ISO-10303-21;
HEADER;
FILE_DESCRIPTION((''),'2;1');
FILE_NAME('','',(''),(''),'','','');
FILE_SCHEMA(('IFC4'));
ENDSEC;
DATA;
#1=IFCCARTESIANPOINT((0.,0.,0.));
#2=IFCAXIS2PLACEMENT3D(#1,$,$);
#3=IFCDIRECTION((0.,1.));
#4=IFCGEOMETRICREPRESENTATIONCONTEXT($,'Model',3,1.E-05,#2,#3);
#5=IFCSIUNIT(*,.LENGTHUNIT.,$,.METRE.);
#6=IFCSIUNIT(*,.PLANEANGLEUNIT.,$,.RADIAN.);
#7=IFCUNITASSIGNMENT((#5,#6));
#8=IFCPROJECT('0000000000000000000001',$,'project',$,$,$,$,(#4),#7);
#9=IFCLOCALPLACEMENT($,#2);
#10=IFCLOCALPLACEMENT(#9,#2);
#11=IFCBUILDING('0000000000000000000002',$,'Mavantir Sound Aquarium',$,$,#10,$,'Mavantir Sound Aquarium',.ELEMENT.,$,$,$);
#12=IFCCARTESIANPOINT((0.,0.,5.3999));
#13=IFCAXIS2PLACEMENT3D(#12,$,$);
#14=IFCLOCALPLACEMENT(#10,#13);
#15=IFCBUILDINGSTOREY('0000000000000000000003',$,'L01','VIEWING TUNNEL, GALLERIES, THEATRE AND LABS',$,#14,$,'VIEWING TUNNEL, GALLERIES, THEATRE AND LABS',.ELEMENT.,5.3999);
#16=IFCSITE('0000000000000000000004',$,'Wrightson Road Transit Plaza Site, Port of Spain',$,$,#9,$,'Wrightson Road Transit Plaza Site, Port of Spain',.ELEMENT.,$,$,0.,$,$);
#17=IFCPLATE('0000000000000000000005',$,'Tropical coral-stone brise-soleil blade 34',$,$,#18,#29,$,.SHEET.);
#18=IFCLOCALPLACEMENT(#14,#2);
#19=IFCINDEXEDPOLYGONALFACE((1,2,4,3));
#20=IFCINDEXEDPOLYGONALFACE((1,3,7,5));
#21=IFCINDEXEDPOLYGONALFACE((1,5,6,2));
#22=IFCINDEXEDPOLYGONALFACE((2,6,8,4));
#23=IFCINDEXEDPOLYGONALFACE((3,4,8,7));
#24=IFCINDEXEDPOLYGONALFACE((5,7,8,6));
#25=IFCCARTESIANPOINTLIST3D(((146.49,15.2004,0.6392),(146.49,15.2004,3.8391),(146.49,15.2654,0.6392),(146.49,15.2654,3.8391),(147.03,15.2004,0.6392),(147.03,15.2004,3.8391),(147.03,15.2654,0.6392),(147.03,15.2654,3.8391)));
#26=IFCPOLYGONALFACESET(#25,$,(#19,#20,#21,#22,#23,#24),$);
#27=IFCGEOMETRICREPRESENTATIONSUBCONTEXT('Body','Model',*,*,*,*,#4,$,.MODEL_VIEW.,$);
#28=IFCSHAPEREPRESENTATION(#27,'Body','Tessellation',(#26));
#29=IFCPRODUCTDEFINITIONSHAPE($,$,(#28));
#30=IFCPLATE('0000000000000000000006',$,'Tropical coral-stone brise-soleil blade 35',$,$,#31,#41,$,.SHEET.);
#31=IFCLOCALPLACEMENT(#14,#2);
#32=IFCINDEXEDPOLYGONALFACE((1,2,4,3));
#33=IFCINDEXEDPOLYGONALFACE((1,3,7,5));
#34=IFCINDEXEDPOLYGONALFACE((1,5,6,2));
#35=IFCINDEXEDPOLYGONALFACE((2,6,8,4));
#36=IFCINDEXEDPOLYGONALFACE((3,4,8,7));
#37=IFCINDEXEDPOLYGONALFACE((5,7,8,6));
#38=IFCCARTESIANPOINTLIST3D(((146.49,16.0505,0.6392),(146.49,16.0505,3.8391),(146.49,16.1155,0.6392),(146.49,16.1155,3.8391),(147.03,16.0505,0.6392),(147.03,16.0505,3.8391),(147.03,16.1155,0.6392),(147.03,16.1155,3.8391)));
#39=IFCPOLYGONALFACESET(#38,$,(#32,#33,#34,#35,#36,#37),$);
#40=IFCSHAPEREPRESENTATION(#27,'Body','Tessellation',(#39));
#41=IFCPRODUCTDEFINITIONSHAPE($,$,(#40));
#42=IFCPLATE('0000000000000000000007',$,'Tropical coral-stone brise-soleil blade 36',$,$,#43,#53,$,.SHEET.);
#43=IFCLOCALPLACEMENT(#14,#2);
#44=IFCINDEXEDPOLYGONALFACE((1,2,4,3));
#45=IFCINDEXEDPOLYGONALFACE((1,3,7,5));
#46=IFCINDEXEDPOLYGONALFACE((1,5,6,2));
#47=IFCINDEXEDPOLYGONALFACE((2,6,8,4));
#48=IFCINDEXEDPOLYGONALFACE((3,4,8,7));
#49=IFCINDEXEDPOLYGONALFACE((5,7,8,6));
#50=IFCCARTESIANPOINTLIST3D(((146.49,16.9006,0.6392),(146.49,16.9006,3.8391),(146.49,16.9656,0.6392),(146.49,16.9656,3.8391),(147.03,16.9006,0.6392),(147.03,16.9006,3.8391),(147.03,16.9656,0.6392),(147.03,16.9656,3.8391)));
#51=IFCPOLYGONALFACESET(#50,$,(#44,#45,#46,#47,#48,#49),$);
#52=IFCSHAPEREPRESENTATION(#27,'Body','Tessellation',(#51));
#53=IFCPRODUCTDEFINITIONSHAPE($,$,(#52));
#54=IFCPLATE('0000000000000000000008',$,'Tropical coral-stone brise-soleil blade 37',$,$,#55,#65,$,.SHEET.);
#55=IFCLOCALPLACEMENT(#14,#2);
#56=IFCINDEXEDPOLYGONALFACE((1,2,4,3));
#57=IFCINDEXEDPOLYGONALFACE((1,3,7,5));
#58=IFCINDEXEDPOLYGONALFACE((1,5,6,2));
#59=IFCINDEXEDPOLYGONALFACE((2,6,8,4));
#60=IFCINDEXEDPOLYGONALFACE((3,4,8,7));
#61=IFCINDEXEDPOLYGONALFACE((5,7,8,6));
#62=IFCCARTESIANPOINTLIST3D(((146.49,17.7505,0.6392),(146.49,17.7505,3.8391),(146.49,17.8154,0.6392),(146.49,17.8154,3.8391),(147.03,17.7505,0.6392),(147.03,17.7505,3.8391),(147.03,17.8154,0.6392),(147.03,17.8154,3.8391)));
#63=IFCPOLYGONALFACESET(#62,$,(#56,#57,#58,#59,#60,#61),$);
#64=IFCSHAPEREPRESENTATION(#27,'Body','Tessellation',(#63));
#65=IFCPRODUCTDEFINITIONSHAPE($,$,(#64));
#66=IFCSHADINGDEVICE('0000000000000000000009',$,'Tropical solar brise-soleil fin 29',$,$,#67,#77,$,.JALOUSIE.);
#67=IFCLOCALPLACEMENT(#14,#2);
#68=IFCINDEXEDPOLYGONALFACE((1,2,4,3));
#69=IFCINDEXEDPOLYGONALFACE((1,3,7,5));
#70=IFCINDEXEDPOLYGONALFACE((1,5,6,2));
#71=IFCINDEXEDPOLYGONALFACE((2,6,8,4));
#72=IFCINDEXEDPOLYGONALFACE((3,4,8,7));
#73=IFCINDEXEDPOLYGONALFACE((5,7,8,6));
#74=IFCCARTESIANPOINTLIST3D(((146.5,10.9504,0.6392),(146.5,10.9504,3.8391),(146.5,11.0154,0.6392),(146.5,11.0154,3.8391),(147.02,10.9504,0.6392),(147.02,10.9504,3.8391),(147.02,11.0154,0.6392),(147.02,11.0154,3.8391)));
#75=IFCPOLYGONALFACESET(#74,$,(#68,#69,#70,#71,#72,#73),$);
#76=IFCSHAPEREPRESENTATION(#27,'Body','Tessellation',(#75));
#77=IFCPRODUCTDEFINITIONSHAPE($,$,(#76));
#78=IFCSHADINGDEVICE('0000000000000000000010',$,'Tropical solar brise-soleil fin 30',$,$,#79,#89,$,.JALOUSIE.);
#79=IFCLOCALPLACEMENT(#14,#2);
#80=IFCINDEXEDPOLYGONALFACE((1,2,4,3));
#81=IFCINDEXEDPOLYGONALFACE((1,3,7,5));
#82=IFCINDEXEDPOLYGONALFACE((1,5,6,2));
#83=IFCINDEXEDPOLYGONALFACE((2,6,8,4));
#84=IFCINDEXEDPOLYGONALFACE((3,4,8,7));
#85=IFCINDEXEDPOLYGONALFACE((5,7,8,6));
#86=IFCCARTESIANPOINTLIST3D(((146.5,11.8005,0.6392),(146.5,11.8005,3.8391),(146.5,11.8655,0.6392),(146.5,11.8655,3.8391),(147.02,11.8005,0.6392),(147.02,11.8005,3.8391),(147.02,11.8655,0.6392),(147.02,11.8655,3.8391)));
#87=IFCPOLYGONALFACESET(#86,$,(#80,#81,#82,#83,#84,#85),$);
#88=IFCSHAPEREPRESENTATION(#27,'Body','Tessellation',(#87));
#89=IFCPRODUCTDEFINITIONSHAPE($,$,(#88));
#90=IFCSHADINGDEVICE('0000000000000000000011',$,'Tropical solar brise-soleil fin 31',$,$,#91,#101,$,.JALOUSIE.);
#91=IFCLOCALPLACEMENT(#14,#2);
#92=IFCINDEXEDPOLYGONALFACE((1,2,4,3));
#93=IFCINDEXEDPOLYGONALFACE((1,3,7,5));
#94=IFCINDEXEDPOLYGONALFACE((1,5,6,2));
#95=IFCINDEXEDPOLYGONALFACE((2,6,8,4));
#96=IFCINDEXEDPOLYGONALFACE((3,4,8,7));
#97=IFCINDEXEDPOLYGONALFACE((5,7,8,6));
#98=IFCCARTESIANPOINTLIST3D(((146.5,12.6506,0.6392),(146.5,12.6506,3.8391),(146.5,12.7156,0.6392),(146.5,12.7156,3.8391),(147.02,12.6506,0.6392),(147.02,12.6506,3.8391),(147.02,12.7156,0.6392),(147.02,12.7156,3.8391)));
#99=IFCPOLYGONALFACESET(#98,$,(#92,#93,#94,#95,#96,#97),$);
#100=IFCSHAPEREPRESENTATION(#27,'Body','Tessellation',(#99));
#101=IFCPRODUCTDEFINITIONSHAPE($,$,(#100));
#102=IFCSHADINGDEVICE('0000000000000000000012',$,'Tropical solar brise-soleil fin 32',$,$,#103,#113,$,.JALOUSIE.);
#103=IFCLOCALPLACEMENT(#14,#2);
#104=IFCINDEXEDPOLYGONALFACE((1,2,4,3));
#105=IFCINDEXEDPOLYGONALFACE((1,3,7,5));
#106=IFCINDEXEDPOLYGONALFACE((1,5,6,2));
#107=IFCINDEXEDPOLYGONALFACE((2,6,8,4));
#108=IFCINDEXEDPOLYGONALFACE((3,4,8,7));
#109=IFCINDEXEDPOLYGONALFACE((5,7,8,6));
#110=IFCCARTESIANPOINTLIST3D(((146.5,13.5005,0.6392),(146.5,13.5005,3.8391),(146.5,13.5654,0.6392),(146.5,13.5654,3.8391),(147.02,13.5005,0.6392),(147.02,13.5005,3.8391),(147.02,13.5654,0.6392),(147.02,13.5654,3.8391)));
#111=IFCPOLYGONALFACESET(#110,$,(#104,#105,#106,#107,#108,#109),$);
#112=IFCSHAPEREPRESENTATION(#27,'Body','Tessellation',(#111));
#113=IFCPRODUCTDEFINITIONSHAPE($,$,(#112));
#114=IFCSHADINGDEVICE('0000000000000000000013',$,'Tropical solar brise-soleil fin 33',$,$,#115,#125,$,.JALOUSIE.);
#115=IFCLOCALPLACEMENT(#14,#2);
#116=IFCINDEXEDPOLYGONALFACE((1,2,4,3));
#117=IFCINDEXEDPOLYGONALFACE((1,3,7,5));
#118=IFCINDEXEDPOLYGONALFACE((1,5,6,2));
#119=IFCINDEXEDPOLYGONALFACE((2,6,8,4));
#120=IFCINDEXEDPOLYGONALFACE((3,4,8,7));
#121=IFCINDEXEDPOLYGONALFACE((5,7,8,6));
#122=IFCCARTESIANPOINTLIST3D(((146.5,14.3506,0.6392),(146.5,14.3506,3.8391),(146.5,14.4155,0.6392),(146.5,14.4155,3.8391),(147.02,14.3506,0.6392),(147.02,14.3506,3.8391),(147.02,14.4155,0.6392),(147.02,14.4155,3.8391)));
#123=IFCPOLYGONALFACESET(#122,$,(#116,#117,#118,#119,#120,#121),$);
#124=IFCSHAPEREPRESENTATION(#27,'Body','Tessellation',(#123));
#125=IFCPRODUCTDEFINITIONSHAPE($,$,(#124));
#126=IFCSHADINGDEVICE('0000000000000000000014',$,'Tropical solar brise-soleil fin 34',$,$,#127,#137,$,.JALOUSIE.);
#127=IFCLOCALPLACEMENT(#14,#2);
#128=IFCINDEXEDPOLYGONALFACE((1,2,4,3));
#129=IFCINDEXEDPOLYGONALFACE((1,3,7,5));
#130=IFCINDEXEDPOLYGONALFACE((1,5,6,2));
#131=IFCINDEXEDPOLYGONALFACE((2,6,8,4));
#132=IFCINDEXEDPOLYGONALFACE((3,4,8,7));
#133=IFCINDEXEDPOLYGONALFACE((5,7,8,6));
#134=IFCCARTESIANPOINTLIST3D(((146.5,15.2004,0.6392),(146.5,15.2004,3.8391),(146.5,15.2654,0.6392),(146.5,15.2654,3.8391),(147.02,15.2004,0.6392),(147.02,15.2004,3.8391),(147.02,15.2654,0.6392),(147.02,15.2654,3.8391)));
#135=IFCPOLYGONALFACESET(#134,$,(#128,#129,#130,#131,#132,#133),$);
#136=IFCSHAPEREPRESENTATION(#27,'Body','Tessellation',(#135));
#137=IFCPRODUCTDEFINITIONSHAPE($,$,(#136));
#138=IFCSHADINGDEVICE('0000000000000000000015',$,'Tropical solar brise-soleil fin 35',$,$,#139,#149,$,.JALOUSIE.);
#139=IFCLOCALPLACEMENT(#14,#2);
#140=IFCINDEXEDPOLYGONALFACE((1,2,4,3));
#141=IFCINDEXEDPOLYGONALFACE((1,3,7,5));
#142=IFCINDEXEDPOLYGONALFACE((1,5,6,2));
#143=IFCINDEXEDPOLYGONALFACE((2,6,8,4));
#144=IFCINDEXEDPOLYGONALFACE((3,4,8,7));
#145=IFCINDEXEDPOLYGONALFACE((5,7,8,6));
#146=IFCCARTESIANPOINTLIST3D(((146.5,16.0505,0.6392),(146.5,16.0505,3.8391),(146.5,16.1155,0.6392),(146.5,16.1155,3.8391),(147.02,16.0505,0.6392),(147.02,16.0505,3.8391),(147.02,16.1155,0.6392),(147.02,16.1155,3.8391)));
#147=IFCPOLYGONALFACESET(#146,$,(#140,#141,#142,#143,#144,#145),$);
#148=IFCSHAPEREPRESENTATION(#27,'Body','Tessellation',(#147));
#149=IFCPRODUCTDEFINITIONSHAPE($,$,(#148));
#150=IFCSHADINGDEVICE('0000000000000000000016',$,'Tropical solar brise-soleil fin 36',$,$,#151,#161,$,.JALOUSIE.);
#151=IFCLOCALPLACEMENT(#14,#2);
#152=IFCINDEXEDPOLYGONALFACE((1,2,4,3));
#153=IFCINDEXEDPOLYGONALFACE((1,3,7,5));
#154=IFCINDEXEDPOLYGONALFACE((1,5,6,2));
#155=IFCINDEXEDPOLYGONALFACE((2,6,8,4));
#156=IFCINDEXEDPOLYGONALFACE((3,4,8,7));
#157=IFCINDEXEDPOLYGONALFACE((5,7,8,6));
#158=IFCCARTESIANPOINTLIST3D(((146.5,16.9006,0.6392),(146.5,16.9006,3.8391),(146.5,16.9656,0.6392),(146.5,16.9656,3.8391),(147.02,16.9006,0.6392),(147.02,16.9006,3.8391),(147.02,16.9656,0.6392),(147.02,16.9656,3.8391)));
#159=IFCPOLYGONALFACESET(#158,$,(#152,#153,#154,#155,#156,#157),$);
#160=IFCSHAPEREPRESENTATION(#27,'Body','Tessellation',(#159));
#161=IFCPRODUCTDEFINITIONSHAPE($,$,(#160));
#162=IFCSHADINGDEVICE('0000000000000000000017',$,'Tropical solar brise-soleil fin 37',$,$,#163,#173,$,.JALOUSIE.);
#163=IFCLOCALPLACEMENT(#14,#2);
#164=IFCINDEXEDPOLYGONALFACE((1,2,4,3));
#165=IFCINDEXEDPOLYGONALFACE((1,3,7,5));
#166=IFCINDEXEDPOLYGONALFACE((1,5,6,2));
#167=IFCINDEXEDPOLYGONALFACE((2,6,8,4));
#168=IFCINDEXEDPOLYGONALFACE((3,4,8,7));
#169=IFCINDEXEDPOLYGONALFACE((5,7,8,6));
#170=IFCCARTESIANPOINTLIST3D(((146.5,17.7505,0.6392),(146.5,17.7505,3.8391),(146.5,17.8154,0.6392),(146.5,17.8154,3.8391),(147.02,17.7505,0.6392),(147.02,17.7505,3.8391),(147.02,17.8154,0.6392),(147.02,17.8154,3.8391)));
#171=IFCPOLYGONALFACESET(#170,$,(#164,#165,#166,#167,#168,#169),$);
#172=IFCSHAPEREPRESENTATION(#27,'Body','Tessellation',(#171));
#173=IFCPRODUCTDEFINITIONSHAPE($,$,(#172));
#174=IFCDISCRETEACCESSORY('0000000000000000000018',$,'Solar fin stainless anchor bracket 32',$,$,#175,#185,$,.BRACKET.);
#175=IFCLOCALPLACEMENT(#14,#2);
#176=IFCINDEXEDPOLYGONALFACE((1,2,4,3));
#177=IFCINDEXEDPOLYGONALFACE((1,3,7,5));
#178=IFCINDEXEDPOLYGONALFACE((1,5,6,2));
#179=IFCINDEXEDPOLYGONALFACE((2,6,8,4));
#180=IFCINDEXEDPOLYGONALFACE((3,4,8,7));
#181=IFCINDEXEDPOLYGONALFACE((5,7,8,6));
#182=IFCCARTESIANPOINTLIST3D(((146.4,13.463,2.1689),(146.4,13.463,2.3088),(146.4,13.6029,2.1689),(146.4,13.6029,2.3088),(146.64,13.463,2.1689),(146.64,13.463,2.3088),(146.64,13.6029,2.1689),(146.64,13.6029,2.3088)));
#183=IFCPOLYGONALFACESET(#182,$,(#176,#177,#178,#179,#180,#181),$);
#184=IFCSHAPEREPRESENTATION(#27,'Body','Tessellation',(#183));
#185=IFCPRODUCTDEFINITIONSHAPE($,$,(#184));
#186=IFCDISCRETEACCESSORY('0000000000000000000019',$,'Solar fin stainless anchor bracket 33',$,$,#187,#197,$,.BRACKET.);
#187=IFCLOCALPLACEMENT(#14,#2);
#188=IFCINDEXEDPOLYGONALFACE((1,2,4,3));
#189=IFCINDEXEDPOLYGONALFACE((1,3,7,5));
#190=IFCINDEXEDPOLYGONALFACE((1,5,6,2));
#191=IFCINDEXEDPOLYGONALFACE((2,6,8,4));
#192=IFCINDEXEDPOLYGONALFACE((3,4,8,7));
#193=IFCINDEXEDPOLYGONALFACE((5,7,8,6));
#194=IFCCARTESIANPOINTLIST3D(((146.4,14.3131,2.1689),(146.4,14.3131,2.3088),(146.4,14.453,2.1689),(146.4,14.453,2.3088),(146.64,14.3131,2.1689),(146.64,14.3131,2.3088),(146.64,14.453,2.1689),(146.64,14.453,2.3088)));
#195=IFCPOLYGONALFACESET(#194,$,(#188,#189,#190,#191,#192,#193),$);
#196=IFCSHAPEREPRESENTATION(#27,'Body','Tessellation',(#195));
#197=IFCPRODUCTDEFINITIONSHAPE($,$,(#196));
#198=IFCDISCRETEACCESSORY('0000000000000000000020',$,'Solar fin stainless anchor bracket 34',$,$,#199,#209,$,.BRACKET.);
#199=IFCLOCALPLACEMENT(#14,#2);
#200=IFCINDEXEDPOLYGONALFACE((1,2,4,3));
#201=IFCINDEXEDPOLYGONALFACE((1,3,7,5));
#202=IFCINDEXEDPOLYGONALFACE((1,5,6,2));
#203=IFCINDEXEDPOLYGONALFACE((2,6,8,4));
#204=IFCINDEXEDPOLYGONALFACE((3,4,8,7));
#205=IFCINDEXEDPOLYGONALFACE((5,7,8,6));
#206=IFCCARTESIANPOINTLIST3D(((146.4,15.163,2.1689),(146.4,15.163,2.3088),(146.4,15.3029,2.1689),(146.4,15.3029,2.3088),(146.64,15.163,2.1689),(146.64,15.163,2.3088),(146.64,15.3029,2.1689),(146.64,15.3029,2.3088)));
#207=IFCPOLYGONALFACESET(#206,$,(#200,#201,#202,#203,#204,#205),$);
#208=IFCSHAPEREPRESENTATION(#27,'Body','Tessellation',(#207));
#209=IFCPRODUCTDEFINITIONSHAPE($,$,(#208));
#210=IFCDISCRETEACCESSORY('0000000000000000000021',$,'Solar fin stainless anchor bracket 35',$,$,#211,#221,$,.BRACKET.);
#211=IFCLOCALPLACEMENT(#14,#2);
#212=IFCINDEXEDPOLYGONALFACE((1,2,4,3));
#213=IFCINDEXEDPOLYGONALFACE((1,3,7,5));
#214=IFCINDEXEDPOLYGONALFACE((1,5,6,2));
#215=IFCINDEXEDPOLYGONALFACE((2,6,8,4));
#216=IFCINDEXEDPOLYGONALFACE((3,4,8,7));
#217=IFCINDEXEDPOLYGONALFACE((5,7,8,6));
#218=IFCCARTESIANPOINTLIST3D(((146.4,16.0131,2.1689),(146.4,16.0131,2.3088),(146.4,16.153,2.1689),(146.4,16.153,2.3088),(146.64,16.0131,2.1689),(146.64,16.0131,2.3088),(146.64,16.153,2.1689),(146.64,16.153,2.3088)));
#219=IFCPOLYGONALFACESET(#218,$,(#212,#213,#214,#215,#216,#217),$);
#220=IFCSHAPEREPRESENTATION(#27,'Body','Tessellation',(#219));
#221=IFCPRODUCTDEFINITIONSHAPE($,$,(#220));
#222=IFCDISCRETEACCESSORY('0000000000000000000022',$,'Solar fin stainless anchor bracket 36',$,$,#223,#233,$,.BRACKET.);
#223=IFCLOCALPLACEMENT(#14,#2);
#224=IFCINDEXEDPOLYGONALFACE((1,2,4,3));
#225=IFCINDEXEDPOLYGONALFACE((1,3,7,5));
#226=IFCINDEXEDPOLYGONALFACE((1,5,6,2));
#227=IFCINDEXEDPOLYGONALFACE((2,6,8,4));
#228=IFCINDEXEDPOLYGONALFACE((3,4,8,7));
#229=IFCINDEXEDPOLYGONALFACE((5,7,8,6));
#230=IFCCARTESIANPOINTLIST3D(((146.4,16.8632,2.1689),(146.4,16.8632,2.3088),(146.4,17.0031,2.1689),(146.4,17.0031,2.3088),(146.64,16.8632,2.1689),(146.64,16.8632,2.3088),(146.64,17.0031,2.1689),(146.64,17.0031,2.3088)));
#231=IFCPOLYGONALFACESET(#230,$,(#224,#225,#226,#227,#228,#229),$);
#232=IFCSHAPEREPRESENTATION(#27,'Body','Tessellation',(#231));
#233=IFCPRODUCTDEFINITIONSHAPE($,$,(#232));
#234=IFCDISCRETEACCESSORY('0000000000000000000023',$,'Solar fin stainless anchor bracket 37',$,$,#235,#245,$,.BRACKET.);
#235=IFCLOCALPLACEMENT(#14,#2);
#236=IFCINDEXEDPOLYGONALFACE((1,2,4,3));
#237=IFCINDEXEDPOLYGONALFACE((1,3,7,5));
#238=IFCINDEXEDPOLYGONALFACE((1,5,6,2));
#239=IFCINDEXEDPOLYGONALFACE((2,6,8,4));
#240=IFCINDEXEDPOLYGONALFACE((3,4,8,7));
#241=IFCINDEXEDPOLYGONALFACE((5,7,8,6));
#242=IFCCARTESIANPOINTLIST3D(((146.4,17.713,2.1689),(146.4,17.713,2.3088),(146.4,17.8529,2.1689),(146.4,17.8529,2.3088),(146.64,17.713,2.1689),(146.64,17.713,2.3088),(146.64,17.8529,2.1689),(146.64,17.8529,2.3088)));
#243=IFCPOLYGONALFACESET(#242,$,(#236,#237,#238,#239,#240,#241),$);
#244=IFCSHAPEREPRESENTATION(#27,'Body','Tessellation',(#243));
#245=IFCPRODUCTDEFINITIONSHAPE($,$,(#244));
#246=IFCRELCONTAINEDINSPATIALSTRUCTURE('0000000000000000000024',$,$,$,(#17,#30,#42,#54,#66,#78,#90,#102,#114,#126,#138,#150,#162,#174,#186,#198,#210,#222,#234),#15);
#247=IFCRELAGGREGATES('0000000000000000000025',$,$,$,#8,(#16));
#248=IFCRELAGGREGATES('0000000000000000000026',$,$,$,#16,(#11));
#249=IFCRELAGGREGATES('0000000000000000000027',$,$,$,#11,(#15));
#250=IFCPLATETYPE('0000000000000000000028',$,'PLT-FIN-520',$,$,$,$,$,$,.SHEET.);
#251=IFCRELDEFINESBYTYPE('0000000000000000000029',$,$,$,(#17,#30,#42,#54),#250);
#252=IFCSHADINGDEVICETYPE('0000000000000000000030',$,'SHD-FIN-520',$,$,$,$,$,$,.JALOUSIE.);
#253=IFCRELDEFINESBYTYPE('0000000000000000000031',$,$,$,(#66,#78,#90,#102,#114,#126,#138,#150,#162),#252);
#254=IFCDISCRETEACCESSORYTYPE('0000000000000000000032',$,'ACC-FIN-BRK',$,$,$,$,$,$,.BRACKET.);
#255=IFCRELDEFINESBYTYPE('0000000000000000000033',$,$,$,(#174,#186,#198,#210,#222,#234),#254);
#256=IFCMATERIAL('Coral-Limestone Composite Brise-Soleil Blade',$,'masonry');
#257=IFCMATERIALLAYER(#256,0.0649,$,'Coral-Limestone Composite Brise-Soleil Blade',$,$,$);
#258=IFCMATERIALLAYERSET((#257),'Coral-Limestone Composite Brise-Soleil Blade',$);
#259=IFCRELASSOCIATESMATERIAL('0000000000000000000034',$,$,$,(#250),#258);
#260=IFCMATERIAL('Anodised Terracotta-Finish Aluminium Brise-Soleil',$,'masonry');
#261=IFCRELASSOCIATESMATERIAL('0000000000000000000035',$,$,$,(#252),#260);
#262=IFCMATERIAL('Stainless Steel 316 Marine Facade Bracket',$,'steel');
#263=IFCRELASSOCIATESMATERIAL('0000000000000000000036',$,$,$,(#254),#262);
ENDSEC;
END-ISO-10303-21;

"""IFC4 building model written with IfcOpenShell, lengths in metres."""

from ifc_helpers import new_model, si_unit, direction, frame, origin, origin_2d, place, context, subcontext, project, spatial, rectangle, extrude, material, layer, layer_set, type_object, element, save


model = new_model("IFC4")

# Units and contexts
model_context = context("Model", 3, precision=1e-05, world=origin(), true_north=direction((0.0, 1.0)))
body_context = subcontext(model_context, "Body", "Model", "MODEL_VIEW")
ifc_project = project(units=[si_unit("LENGTHUNIT", "METRE"), si_unit("PLANEANGLEUNIT", "RADIAN")], contexts=[model_context])

# Site, building, storey
site_placement = place(None, origin())
site = spatial("IfcSite", under=ifc_project, at=site_placement, Name="Wrightson Road Transit Plaza Site, Port of Spain", LongName="Wrightson Road Transit Plaza Site, Port of Spain", CompositionType="ELEMENT", RefElevation=0.0)
building_placement = place(site_placement, origin())
building = spatial("IfcBuilding", under=site, at=building_placement, Name="Mavantir Sound Aquarium", LongName="Mavantir Sound Aquarium", CompositionType="ELEMENT")
storey_placement = place(building_placement, frame((0.0, 0.0, 5.3999)))
storey = spatial("IfcBuildingStorey", under=building, at=storey_placement, Name="L01", Description="VIEWING TUNNEL, GALLERIES, THEATRE AND LABS", LongName="VIEWING TUNNEL, GALLERIES, THEATRE AND LABS", CompositionType="ELEMENT", Elevation=5.3999)

# Plates
ifc_material_1 = material(Name="Coral-Limestone Composite Brise-Soleil Blade", Category="masonry")
ifc_layer_1 = layer(ifc_material_1, 0.0649, Name="Coral-Limestone Composite Brise-Soleil Blade")
ifc_layer_set_1 = layer_set([ifc_layer_1], Name="Coral-Limestone Composite Brise-Soleil Blade")
plate_type_1 = type_object("IfcPlateType", Name="PLT-FIN-520", PredefinedType="SHEET", material=ifc_layer_set_1)
for number, where, z_axis, x_axis, name in (
    (1, (146.76, 15.2329, 0.6392), (0.0, 0.0, 1.0), (0.0, -1.0, 0.0), "Tropical coral-stone brise-soleil blade 34"),
    (2, (146.76, 16.083, 0.6392), (0.0, 0.0, 1.0), (0.0, -1.0, 0.0), "Tropical coral-stone brise-soleil blade 35"),
    (3, (146.76, 16.9331, 0.6392), (0.0, 0.0, 1.0), (0.0, -1.0, 0.0), "Tropical coral-stone brise-soleil blade 36"),
    (4, (146.76, 17.783, 0.6392), (0.0, 0.0, 1.0), (0.0, -1.0, 0.0), "Tropical coral-stone brise-soleil blade 37"),
):
    element("IfcPlate", number, at=place(storey_placement, frame(where, z_axis=z_axis, x_axis=x_axis)), inside=storey, type_object=plate_type_1, Name=name, PredefinedType="SHEET", context=body_context, shape_type="SweptSolid", body=[
        extrude(rectangle(XDim=0.0649, YDim=0.54, at=origin_2d()), origin(), (0.0, 0.0, 1.0), 3.2),
    ])

# Shading devices
ifc_material_2 = material(Name="Anodised Terracotta-Finish Aluminium Brise-Soleil", Category="masonry")
shading_device_type = type_object("IfcShadingDeviceType", Name="SHD-FIN-520", PredefinedType="JALOUSIE", material=ifc_material_2)
for number, where, z_axis, x_axis, name in (
    (5, (146.76, 10.9829, 0.6392), (0.0, 0.0, 1.0), (0.0, -1.0, 0.0), "Tropical solar brise-soleil fin 29"),
    (6, (146.76, 11.833, 0.6392), (0.0, 0.0, 1.0), (0.0, -1.0, 0.0), "Tropical solar brise-soleil fin 30"),
    (7, (146.76, 12.6831, 0.6392), (0.0, 0.0, 1.0), (0.0, -1.0, 0.0), "Tropical solar brise-soleil fin 31"),
    (8, (146.76, 13.533, 0.6392), (0.0, 0.0, 1.0), (0.0, -1.0, 0.0), "Tropical solar brise-soleil fin 32"),
    (9, (146.76, 14.3831, 0.6392), (0.0, 0.0, 1.0), (0.0, -1.0, 0.0), "Tropical solar brise-soleil fin 33"),
    (10, (146.76, 15.2329, 0.6392), (0.0, 0.0, 1.0), (0.0, -1.0, 0.0), "Tropical solar brise-soleil fin 34"),
    (11, (146.76, 16.083, 0.6392), (0.0, 0.0, 1.0), (0.0, -1.0, 0.0), "Tropical solar brise-soleil fin 35"),
    (12, (146.76, 16.9331, 0.6392), (0.0, 0.0, 1.0), (0.0, -1.0, 0.0), "Tropical solar brise-soleil fin 36"),
    (13, (146.76, 17.783, 0.6392), (0.0, 0.0, 1.0), (0.0, -1.0, 0.0), "Tropical solar brise-soleil fin 37"),
):
    element("IfcShadingDevice", number, at=place(storey_placement, frame(where, z_axis=z_axis, x_axis=x_axis)), inside=storey, type_object=shading_device_type, Name=name, PredefinedType="JALOUSIE", context=body_context, shape_type="SweptSolid", body=[
        extrude(rectangle(XDim=0.0649, YDim=0.52, at=origin_2d()), origin(), (0.0, 0.0, 1.0), 3.2),
    ])

# Discrete accessories
ifc_material_3 = material(Name="Stainless Steel 316 Marine Facade Bracket", Category="steel")
discrete_accessory_type = type_object("IfcDiscreteAccessoryType", Name="ACC-FIN-BRK", PredefinedType="BRACKET", material=ifc_material_3)
for number, where, z_axis, x_axis, name in (
    (14, (146.52, 13.533, 2.1689), (0.0, 0.0, 1.0), (0.0, -1.0, 0.0), "Solar fin stainless anchor bracket 32"),
    (15, (146.52, 14.3831, 2.1689), (0.0, 0.0, 1.0), (0.0, -1.0, 0.0), "Solar fin stainless anchor bracket 33"),
    (16, (146.52, 15.2329, 2.1689), (0.0, 0.0, 1.0), (0.0, -1.0, 0.0), "Solar fin stainless anchor bracket 34"),
    (17, (146.52, 16.083, 2.1689), (0.0, 0.0, 1.0), (0.0, -1.0, 0.0), "Solar fin stainless anchor bracket 35"),
    (18, (146.52, 16.9331, 2.1689), (0.0, 0.0, 1.0), (0.0, -1.0, 0.0), "Solar fin stainless anchor bracket 36"),
    (19, (146.52, 17.783, 2.1689), (0.0, 0.0, 1.0), (0.0, -1.0, 0.0), "Solar fin stainless anchor bracket 37"),
):
    element("IfcDiscreteAccessory", number, at=place(storey_placement, frame(where, z_axis=z_axis, x_axis=x_axis)), inside=storey, type_object=discrete_accessory_type, Name=name, PredefinedType="BRACKET", context=body_context, shape_type="SweptSolid", body=[
        extrude(rectangle(XDim=0.1399, YDim=0.24, at=origin_2d()), origin(), (0.0, 0.0, 1.0), 0.1399),
    ])

save(model, "model.ifc")
